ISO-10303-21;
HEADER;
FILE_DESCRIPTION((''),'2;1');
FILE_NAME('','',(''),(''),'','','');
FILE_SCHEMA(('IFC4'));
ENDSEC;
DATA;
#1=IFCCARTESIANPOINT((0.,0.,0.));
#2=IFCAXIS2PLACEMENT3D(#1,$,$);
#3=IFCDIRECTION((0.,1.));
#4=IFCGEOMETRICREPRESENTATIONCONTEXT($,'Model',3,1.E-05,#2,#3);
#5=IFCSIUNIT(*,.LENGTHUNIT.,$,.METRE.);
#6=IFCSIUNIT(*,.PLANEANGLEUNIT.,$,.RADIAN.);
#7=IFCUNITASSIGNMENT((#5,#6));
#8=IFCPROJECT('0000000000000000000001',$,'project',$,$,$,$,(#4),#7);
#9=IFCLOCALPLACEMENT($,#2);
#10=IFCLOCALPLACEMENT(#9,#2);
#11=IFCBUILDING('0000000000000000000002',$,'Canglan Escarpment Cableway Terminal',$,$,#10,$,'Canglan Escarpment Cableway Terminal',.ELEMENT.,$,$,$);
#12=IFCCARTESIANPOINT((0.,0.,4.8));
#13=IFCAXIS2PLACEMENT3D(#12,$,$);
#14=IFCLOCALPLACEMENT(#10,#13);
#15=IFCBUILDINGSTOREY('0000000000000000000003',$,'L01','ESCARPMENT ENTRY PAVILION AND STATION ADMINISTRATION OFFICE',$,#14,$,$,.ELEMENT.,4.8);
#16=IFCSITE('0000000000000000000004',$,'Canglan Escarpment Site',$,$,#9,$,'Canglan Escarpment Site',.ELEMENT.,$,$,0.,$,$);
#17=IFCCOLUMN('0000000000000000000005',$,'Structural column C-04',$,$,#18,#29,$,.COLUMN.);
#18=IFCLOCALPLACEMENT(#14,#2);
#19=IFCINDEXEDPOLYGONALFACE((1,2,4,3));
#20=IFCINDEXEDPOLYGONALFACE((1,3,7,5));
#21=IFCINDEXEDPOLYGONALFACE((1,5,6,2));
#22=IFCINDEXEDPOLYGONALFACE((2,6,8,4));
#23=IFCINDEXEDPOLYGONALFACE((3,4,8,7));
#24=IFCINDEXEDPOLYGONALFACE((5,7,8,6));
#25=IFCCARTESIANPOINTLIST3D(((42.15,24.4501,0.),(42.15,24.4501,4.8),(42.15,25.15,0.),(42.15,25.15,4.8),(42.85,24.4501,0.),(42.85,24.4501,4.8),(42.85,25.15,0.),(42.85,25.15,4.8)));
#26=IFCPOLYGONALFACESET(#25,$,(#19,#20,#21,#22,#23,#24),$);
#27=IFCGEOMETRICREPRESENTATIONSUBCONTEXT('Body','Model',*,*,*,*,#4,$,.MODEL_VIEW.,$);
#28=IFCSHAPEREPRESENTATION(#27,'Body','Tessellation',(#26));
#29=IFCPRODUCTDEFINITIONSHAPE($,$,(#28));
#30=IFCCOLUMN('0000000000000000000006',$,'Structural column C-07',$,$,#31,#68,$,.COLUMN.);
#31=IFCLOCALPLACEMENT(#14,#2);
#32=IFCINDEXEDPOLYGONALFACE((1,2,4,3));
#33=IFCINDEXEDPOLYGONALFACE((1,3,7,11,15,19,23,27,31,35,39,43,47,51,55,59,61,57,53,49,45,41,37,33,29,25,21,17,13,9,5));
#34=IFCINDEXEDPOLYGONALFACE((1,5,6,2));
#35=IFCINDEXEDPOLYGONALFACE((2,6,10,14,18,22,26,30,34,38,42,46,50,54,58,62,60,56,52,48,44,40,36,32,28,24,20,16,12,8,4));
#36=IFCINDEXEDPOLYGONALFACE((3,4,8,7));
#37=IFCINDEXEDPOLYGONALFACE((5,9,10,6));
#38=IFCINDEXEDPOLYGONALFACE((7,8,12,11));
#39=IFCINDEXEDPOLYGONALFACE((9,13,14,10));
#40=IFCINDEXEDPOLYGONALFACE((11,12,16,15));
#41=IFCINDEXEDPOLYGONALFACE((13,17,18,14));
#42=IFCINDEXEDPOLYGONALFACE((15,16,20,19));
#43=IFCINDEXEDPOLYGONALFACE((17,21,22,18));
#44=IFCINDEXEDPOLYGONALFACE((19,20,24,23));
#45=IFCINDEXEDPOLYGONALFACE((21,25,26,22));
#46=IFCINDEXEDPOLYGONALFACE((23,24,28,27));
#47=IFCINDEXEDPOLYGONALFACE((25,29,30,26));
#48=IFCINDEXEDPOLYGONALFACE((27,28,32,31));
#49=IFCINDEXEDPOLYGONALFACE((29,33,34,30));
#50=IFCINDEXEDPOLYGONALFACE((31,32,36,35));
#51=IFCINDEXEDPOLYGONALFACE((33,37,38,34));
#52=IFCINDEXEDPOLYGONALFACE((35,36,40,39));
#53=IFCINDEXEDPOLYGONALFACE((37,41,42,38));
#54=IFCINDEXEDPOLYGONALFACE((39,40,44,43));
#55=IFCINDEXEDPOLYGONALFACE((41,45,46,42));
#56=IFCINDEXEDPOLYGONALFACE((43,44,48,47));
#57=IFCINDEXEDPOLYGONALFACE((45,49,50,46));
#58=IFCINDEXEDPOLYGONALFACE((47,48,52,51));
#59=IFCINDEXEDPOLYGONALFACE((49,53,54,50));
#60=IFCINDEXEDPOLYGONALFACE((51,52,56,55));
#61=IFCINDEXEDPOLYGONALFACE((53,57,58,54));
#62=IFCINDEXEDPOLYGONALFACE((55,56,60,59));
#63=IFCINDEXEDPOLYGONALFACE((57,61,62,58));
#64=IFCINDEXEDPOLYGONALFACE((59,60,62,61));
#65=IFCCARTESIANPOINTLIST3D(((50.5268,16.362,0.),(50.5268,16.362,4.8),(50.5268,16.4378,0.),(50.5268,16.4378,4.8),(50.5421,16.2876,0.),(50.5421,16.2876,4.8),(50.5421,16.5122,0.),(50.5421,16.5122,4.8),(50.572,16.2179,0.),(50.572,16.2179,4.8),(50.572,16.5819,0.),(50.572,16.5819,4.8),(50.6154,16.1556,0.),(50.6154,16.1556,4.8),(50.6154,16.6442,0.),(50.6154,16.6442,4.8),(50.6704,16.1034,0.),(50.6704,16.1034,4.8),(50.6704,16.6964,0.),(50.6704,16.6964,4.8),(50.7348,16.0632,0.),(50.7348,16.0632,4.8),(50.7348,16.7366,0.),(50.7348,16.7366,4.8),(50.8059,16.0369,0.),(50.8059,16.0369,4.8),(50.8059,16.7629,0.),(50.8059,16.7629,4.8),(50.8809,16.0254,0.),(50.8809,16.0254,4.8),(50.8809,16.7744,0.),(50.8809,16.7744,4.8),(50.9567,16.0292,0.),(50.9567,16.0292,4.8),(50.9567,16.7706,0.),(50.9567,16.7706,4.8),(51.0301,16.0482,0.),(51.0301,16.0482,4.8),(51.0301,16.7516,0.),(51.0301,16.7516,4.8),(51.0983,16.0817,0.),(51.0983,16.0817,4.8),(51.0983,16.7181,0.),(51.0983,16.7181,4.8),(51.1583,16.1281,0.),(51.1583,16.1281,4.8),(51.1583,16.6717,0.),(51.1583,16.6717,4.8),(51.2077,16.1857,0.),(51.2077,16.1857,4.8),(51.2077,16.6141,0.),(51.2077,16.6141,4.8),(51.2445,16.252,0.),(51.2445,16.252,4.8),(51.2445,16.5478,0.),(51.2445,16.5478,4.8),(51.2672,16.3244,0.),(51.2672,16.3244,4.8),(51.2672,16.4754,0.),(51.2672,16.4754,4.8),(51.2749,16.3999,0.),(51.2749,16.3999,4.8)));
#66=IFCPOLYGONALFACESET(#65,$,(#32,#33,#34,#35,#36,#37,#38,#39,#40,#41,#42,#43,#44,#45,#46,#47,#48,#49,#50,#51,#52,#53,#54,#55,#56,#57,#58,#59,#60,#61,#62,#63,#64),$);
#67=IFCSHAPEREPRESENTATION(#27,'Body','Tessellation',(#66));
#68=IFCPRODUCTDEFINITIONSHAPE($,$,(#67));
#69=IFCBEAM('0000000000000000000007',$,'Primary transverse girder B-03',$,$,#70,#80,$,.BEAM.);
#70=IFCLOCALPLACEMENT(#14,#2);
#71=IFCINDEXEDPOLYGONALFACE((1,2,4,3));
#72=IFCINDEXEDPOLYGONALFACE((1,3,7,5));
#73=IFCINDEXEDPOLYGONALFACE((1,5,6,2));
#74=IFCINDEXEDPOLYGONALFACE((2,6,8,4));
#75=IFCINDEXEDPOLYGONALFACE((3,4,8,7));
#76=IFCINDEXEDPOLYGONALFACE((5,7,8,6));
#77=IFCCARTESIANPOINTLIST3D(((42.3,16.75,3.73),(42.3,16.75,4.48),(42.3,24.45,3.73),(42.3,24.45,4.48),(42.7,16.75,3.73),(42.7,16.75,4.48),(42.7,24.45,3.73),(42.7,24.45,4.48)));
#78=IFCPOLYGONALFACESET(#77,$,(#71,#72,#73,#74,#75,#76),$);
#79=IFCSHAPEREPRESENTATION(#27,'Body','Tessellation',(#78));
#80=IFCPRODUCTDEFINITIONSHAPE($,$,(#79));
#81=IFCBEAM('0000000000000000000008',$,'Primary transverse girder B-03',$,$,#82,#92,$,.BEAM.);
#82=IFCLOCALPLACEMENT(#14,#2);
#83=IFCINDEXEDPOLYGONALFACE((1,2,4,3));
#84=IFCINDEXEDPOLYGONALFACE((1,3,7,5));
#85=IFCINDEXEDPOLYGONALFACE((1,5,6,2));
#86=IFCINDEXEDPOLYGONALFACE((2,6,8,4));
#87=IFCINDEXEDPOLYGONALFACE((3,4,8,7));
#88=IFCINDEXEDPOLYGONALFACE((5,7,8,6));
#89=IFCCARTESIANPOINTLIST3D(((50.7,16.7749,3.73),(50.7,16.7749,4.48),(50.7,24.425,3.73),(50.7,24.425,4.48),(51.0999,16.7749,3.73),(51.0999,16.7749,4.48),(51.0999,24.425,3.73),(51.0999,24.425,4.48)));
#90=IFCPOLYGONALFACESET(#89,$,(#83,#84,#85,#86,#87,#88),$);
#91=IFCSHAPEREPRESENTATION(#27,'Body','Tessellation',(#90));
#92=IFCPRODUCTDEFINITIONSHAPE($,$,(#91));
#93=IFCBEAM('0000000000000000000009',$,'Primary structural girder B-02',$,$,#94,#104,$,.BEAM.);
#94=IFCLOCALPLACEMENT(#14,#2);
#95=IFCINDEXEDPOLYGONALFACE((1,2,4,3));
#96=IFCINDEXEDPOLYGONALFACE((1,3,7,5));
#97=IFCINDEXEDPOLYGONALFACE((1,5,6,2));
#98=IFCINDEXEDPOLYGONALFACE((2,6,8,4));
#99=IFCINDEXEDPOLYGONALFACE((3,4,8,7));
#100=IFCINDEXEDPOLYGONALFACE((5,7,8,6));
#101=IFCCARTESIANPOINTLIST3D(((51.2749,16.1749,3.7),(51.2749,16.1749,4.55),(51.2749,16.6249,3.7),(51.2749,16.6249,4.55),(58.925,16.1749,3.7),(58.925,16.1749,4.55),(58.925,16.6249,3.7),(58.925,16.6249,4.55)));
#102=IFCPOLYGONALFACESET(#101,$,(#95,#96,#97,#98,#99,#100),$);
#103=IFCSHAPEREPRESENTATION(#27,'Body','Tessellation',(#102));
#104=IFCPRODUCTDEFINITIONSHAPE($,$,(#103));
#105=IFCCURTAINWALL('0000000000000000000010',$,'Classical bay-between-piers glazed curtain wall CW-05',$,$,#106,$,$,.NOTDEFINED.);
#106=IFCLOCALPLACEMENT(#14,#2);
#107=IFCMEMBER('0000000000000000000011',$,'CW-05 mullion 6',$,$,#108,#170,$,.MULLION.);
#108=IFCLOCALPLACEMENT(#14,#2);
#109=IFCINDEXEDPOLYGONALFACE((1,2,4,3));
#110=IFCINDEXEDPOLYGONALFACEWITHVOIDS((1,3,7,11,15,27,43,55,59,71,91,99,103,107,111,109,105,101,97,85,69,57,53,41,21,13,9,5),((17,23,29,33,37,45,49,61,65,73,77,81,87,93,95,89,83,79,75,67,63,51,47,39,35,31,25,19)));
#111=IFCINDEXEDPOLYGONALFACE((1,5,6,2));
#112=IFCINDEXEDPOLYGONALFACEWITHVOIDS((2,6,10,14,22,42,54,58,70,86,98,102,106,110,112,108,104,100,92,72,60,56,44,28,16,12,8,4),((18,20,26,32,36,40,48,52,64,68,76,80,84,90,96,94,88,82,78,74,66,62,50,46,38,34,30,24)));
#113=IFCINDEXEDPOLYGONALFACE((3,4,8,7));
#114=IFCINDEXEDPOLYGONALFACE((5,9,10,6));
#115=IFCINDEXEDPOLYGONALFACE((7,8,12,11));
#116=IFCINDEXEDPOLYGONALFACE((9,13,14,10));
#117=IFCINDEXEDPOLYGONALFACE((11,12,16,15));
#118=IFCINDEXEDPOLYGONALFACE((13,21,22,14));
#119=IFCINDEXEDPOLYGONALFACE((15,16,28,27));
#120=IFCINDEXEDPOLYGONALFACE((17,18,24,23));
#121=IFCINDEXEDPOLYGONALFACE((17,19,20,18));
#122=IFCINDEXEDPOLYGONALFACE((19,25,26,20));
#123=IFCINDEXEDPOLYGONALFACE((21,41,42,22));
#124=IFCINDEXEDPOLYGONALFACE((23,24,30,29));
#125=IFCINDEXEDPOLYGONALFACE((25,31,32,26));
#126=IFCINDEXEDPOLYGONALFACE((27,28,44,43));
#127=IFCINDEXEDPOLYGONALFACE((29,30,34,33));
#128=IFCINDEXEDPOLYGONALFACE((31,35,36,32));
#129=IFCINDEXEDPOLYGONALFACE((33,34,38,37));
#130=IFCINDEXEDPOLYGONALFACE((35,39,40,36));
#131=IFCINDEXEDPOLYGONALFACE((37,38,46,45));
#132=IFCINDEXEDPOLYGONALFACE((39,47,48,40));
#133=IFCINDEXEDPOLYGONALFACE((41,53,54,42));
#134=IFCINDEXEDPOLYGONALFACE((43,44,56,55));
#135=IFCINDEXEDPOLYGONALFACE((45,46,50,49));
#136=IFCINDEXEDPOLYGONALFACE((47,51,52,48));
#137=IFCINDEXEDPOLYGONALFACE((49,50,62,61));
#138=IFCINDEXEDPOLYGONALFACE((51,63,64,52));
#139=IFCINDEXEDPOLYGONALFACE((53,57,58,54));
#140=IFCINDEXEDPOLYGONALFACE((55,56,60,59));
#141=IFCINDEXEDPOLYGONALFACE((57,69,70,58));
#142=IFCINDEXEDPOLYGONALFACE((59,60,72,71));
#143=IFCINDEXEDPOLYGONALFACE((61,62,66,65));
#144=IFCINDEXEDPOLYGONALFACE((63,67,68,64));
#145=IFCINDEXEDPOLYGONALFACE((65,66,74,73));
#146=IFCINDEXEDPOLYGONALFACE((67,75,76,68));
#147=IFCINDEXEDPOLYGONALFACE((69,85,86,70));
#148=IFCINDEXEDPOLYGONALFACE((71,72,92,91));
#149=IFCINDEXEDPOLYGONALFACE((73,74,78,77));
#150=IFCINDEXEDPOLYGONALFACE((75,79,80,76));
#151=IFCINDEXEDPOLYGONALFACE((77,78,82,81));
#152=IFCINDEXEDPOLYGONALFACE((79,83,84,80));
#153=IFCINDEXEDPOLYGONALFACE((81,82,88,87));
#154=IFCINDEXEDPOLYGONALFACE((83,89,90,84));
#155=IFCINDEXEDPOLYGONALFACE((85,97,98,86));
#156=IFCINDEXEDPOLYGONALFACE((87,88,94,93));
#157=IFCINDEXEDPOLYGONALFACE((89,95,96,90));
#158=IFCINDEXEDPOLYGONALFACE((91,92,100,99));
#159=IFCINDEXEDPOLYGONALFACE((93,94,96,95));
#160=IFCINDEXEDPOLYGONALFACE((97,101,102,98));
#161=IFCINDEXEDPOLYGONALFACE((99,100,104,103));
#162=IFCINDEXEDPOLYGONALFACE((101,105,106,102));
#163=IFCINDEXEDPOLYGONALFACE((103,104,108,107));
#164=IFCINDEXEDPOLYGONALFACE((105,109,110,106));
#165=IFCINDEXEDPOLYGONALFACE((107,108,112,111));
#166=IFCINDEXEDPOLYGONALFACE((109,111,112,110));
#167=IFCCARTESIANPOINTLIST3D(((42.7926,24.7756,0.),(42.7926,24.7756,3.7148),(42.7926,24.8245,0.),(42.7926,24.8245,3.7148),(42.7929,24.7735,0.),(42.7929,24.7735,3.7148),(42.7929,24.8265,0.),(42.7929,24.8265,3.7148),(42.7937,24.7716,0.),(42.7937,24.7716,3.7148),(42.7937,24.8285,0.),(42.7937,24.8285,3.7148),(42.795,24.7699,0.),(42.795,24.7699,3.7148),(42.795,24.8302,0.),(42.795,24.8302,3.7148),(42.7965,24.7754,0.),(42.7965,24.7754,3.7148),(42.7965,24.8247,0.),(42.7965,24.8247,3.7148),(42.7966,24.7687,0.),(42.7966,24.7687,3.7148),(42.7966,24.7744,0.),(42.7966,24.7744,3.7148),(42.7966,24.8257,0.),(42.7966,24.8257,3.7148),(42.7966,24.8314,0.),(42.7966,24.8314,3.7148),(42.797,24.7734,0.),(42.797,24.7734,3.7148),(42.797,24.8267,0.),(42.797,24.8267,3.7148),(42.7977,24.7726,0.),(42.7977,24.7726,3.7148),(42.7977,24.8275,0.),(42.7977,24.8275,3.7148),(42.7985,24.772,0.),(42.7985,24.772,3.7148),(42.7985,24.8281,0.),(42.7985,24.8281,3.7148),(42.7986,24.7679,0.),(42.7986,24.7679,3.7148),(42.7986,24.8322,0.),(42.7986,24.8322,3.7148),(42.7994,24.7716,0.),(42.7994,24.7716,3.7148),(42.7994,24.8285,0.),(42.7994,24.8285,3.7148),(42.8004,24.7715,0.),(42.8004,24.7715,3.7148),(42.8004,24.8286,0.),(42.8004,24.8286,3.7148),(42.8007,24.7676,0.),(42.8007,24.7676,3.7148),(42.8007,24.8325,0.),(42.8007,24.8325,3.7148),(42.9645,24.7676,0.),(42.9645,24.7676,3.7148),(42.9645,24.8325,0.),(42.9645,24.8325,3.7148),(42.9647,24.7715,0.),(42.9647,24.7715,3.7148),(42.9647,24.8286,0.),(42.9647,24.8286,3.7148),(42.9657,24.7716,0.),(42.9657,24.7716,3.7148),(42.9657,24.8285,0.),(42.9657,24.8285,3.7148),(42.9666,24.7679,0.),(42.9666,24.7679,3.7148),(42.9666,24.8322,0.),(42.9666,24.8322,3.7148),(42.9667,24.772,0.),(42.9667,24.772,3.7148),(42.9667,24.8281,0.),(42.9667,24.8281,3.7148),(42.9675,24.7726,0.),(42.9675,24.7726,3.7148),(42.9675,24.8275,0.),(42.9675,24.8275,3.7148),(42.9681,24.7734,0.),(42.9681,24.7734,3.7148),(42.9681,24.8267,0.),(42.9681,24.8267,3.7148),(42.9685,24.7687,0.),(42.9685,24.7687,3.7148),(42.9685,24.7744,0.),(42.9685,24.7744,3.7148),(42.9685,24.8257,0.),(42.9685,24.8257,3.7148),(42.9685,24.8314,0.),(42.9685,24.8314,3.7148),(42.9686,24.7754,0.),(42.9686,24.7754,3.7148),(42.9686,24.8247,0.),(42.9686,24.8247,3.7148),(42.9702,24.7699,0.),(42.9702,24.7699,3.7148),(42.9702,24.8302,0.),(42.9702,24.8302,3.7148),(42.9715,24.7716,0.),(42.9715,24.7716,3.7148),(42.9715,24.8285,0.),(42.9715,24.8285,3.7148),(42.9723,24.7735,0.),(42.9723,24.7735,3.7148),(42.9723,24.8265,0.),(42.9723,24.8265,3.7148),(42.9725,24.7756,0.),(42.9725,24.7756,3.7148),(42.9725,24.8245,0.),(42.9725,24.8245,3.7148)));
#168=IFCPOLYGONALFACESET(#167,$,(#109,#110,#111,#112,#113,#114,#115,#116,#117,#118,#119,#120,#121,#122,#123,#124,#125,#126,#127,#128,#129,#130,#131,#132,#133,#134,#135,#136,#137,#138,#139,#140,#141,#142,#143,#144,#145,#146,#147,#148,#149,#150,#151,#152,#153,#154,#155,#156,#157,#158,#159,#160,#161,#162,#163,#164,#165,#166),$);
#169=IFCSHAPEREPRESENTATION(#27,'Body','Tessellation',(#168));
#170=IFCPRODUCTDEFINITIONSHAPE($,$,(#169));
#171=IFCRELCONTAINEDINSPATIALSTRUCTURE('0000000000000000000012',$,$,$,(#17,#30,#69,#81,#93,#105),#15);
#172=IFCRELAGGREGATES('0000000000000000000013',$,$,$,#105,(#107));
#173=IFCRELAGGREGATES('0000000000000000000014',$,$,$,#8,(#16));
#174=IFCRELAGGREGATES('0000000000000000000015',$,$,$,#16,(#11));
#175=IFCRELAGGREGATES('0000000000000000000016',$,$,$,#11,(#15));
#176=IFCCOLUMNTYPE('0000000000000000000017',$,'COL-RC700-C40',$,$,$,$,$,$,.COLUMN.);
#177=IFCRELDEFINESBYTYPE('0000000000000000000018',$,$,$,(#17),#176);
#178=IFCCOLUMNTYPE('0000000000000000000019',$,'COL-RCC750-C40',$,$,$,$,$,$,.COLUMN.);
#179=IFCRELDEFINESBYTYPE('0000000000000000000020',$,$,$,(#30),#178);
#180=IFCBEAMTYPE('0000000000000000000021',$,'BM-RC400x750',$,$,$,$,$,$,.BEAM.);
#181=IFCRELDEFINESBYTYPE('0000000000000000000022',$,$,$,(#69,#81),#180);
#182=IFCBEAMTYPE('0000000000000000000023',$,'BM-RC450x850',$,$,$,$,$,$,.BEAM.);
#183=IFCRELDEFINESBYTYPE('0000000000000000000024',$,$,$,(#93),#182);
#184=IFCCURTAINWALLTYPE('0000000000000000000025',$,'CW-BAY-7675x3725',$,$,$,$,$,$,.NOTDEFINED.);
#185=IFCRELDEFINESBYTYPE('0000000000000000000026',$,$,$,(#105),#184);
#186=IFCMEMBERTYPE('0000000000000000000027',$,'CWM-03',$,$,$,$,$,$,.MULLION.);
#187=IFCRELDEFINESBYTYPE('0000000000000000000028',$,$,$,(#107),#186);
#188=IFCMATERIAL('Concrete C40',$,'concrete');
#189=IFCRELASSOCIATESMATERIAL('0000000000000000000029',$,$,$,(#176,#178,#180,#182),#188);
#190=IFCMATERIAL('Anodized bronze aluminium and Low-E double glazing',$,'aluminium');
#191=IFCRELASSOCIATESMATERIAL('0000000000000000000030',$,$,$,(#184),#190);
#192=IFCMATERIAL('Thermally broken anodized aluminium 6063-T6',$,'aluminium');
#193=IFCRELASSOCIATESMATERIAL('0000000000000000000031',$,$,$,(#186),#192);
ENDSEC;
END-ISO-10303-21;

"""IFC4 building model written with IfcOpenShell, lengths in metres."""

from ifc_helpers import new_model, si_unit, direction, frame, origin, origin_2d, place, context, subcontext, project, spatial, rectangle, hollow_rectangle, circle, extrude, material, material_profile, profile_set, type_object, element, aggregate, save


model = new_model("IFC4")

# Units and contexts
model_context = context("Model", 3, precision=1e-05, world=origin(), true_north=direction((0.0, 1.0)))
body_context = subcontext(model_context, "Body", "Model", "MODEL_VIEW")
ifc_project = project(units=[si_unit("LENGTHUNIT", "METRE"), si_unit("PLANEANGLEUNIT", "RADIAN")], contexts=[model_context])

# Site, building, storey
site_placement = place(None, origin())
site = spatial("IfcSite", under=ifc_project, at=site_placement, Name="Canglan Escarpment Site", LongName="Canglan Escarpment Site", CompositionType="ELEMENT", RefElevation=0.0)
building_placement = place(site_placement, origin())
building = spatial("IfcBuilding", under=site, at=building_placement, Name="Canglan Escarpment Cableway Terminal", LongName="Canglan Escarpment Cableway Terminal", CompositionType="ELEMENT")
storey_placement = place(building_placement, frame((0.0, 0.0, 4.8)))
storey = spatial("IfcBuildingStorey", under=building, at=storey_placement, Name="L01", Description="ESCARPMENT ENTRY PAVILION AND STATION ADMINISTRATION OFFICE", CompositionType="ELEMENT", Elevation=4.8)

# Columns
ifc_material_1 = material(Name="Concrete C40", Category="concrete")
ifc_material_profile_1 = material_profile(ifc_material_1, rectangle(XDim=0.7, YDim=0.7, at=origin_2d()), Name="RC 700x700")
ifc_profile_set_1 = profile_set([ifc_material_profile_1], Name="Concrete C40")
column_type_1 = type_object("IfcColumnType", Name="COL-RC700-C40", PredefinedType="COLUMN", material=ifc_profile_set_1)
column_1_placement = place(storey_placement, frame((42.5, 24.8, 0.0), z_axis=(0.0, 0.0, 1.0), x_axis=(1.0, 0.0, 0.0)))
element("IfcColumn", 1, at=column_1_placement, inside=storey, type_object=column_type_1, Name="Structural column C-04", PredefinedType="COLUMN", context=body_context, shape_type="SweptSolid", body=[
    extrude(rectangle(XDim=0.7, YDim=0.7, at=origin_2d()), origin(), (0.0, 0.0, 1.0), 4.8),
])
ifc_material_profile_2 = material_profile(ifc_material_1, circle(Radius=0.375, at=origin_2d()), Name="RC-CIRC D750")
ifc_profile_set_2 = profile_set([ifc_material_profile_2], Name="Concrete C40")
column_type_2 = type_object("IfcColumnType", Name="COL-RCC750-C40", PredefinedType="COLUMN", material=ifc_profile_set_2)
column_2_placement = place(storey_placement, frame((50.8999, 16.3999, 0.0), z_axis=(0.0, 0.0, 1.0), x_axis=(1.0, 0.0, 0.0)))
element("IfcColumn", 2, at=column_2_placement, inside=storey, type_object=column_type_2, Name="Structural column C-07", PredefinedType="COLUMN", context=body_context, shape_type="SweptSolid", body=[
    extrude(circle(Radius=0.375, at=origin_2d()), origin(), (0.0, 0.0, 1.0), 4.8),
])

# Beams
ifc_material_profile_3 = material_profile(ifc_material_1, rectangle(XDim=0.3999, YDim=0.75, at=origin_2d()), Name="RC 400x750")
ifc_profile_set_3 = profile_set([ifc_material_profile_3], Name="Concrete C40")
beam_type_1 = type_object("IfcBeamType", Name="BM-RC400x750", PredefinedType="BEAM", material=ifc_profile_set_3)
beam_1_placement = place(storey_placement, frame((42.5, 16.75, 4.105), z_axis=(0.0, 1.0, 0.0), x_axis=(-1.0, 0.0, 0.0)))
element("IfcBeam", 3, at=beam_1_placement, inside=storey, type_object=beam_type_1, Name="Primary transverse girder B-03", PredefinedType="BEAM", context=body_context, shape_type="SweptSolid", body=[
    extrude(rectangle(XDim=0.3999, YDim=0.75, at=origin_2d()), origin(), (0.0, 0.0, 1.0), 7.7),
])
beam_2_placement = place(storey_placement, frame((50.8999, 16.7749, 4.105), z_axis=(0.0, 1.0, 0.0), x_axis=(-1.0, 0.0, 0.0)))
element("IfcBeam", 4, at=beam_2_placement, inside=storey, type_object=beam_type_1, Name="Primary transverse girder B-03", PredefinedType="BEAM", context=body_context, shape_type="SweptSolid", body=[
    extrude(rectangle(XDim=0.3999, YDim=0.75, at=origin_2d()), origin(), (0.0, 0.0, 1.0), 7.6501),
])
ifc_material_profile_4 = material_profile(ifc_material_1, rectangle(XDim=0.45, YDim=0.8501, at=origin_2d()), Name="RC 450x850")
ifc_profile_set_4 = profile_set([ifc_material_profile_4], Name="Concrete C40")
beam_type_2 = type_object("IfcBeamType", Name="BM-RC450x850", PredefinedType="BEAM", material=ifc_profile_set_4)
beam_3_placement = place(storey_placement, frame((51.2749, 16.3999, 4.125), z_axis=(1.0, 0.0, 0.0), x_axis=(0.0, 1.0, 0.0)))
element("IfcBeam", 5, at=beam_3_placement, inside=storey, type_object=beam_type_2, Name="Primary structural girder B-02", PredefinedType="BEAM", context=body_context, shape_type="SweptSolid", body=[
    extrude(rectangle(XDim=0.45, YDim=0.8501, at=origin_2d()), origin(), (0.0, 0.0, 1.0), 7.6501),
])

# Curtain wall, member
ifc_material_2 = material(Name="Anodized bronze aluminium and Low-E double glazing", Category="aluminium")
curtain_wall_type = type_object("IfcCurtainWallType", Name="CW-BAY-7675x3725", PredefinedType="NOTDEFINED", material=ifc_material_2)
curtain_wall_placement = place(storey_placement, origin())
curtain_wall = element("IfcCurtainWall", 6, at=curtain_wall_placement, inside=storey, type_object=curtain_wall_type, Name="Classical bay-between-piers glazed curtain wall CW-05", PredefinedType="NOTDEFINED")
ifc_material_3 = material(Name="Thermally broken anodized aluminium 6063-T6", Category="aluminium")
ifc_material_profile_5 = material_profile(ifc_material_3, hollow_rectangle(XDim=0.0649, YDim=0.1799, WallThickness=0.0039, InnerFilletRadius=0.0039, OuterFilletRadius=0.0081, at=origin_2d()), Name="ALU-MULL 65x180x4")
ifc_profile_set_5 = profile_set([ifc_material_profile_5], Name="Thermally broken anodized aluminium 6063-T6")
member_type = type_object("IfcMemberType", Name="CWM-03", PredefinedType="MULLION", material=ifc_profile_set_5)
member_placement = place(storey_placement, frame((42.8826, 24.8, 0.0), z_axis=(0.0, 0.0, 1.0), x_axis=(0.0, -1.0, 0.0)))
member = element("IfcMember", 7, at=member_placement, type_object=member_type, Name="CW-05 mullion 6", PredefinedType="MULLION", context=body_context, shape_type="SweptSolid", body=[
    extrude(hollow_rectangle(XDim=0.0649, YDim=0.1799, WallThickness=0.0039, InnerFilletRadius=0.0039, OuterFilletRadius=0.0081, at=origin_2d()), origin(), (0.0, 0.0, 1.0), 3.7148),
])

aggregate(curtain_wall, [member])

save(model, "model.ifc")
